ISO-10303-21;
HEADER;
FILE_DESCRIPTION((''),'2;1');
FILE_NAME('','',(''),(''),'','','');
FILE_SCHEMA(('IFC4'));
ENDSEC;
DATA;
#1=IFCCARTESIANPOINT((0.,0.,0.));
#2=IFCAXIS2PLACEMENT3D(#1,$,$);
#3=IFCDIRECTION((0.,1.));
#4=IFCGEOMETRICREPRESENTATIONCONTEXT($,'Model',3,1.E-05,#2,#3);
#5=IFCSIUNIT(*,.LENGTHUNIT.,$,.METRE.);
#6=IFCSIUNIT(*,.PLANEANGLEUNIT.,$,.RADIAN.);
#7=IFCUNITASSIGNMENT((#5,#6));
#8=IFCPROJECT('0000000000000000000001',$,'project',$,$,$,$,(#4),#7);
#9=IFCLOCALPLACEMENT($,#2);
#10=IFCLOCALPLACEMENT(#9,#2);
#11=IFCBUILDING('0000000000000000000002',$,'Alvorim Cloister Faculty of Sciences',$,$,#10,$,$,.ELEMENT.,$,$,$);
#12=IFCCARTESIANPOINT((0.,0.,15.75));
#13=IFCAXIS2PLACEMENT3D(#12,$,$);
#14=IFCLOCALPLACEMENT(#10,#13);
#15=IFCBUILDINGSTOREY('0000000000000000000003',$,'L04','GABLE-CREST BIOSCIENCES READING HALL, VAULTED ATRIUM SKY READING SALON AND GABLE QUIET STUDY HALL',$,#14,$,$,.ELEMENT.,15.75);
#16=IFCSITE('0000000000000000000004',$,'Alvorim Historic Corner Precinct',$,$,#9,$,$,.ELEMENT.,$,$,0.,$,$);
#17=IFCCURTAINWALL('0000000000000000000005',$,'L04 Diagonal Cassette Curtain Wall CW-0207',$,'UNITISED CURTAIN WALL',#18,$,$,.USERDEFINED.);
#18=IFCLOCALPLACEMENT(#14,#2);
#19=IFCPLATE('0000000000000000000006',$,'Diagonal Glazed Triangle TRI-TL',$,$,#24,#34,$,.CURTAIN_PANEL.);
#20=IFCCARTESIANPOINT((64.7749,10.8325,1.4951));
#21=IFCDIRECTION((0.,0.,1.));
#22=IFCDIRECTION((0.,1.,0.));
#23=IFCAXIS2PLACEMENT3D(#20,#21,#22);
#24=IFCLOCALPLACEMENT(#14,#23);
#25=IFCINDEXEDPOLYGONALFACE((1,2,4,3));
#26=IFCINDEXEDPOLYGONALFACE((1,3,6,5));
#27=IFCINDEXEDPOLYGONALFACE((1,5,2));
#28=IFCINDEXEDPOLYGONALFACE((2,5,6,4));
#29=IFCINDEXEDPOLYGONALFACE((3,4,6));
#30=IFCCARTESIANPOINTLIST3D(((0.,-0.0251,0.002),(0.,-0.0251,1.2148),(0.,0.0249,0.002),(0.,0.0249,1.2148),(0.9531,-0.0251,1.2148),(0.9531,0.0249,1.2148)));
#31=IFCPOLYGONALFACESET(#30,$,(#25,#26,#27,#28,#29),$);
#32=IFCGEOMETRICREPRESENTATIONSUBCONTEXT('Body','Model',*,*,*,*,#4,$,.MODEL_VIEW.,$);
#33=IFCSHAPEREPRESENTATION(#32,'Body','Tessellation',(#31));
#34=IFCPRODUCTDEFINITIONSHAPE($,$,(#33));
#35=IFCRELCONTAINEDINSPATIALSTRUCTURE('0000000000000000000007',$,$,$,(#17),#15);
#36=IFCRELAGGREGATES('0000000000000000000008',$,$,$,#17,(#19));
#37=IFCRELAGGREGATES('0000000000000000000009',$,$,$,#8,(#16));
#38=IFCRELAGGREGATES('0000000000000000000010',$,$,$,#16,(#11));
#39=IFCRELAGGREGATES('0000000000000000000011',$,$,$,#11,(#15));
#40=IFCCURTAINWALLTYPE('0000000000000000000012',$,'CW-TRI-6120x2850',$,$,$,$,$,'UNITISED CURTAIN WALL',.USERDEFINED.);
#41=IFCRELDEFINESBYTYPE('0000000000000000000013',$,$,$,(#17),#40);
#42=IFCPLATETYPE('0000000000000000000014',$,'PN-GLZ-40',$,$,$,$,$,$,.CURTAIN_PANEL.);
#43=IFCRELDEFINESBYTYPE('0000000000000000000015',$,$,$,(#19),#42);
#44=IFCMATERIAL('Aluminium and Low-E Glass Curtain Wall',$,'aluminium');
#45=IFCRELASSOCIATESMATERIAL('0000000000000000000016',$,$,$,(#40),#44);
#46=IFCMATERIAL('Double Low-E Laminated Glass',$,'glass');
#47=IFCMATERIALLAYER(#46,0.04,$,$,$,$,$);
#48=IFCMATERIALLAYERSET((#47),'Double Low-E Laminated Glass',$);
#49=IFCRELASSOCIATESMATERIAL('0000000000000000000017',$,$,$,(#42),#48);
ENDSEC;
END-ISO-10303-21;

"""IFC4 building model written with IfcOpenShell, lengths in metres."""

from ifc_helpers import new_model, si_unit, direction, frame, origin, place, context, subcontext, project, spatial, polyline, outline, extrude, material, layer, layer_set, type_object, element, aggregate, save


model = new_model("IFC4")

# Units and contexts
model_context = context("Model", 3, precision=1e-05, world=origin(), true_north=direction((0.0, 1.0)))
body_context = subcontext(model_context, "Body", "Model", "MODEL_VIEW")
ifc_project = project(units=[si_unit("LENGTHUNIT", "METRE"), si_unit("PLANEANGLEUNIT", "RADIAN")], contexts=[model_context])

# Site, building, storey
site_placement = place(None, origin())
site = spatial("IfcSite", under=ifc_project, at=site_placement, Name="Alvorim Historic Corner Precinct", CompositionType="ELEMENT", RefElevation=0.0)
building_placement = place(site_placement, origin())
building = spatial("IfcBuilding", under=site, at=building_placement, Name="Alvorim Cloister Faculty of Sciences", CompositionType="ELEMENT")
storey_placement = place(building_placement, frame((0.0, 0.0, 15.75)))
storey = spatial("IfcBuildingStorey", under=building, at=storey_placement, Name="L04", Description="GABLE-CREST BIOSCIENCES READING HALL, VAULTED ATRIUM SKY READING SALON AND GABLE QUIET STUDY HALL", CompositionType="ELEMENT", Elevation=15.75)

# Curtain wall, plate
ifc_material_1 = material(Name="Aluminium and Low-E Glass Curtain Wall", Category="aluminium")
curtain_wall_type = type_object("IfcCurtainWallType", Name="CW-TRI-6120x2850", ElementType="UNITISED CURTAIN WALL", PredefinedType="USERDEFINED", material=ifc_material_1)
curtain_wall_placement = place(storey_placement, origin())
curtain_wall = element("IfcCurtainWall", 1, at=curtain_wall_placement, inside=storey, type_object=curtain_wall_type, Name="L04 Diagonal Cassette Curtain Wall CW-0207", ObjectType="UNITISED CURTAIN WALL", PredefinedType="USERDEFINED")
ifc_material_2 = material(Name="Double Low-E Laminated Glass", Category="glass")
ifc_layer_1 = layer(ifc_material_2, 0.04)
ifc_layer_set_1 = layer_set([ifc_layer_1], Name="Double Low-E Laminated Glass")
plate_type = type_object("IfcPlateType", Name="PN-GLZ-40", PredefinedType="CURTAIN_PANEL", material=ifc_layer_set_1)
plate_placement = place(storey_placement, frame((64.7749, 10.8325, 1.4951), z_axis=(0.0, 0.0, 1.0), x_axis=(0.0, 1.0, 0.0)))
plate = element("IfcPlate", 2, at=plate_placement, type_object=plate_type, Name="Diagonal Glazed Triangle TRI-TL", PredefinedType="CURTAIN_PANEL", context=body_context, shape_type="SweptSolid", body=[
    extrude(outline(polyline([(0.9531, 1.2148), (0.0, 1.2148), (0.0, 0.002), (0.9531, 1.2148)])), frame((0.0, 0.0249, 0.0), z_axis=(0.0, -1.0, 0.0), x_axis=(1.0, 0.0, 0.0)), (0.0, 0.0, 1.0), 0.05),
])
aggregate(curtain_wall, [plate])

save(model, "model.ifc")
